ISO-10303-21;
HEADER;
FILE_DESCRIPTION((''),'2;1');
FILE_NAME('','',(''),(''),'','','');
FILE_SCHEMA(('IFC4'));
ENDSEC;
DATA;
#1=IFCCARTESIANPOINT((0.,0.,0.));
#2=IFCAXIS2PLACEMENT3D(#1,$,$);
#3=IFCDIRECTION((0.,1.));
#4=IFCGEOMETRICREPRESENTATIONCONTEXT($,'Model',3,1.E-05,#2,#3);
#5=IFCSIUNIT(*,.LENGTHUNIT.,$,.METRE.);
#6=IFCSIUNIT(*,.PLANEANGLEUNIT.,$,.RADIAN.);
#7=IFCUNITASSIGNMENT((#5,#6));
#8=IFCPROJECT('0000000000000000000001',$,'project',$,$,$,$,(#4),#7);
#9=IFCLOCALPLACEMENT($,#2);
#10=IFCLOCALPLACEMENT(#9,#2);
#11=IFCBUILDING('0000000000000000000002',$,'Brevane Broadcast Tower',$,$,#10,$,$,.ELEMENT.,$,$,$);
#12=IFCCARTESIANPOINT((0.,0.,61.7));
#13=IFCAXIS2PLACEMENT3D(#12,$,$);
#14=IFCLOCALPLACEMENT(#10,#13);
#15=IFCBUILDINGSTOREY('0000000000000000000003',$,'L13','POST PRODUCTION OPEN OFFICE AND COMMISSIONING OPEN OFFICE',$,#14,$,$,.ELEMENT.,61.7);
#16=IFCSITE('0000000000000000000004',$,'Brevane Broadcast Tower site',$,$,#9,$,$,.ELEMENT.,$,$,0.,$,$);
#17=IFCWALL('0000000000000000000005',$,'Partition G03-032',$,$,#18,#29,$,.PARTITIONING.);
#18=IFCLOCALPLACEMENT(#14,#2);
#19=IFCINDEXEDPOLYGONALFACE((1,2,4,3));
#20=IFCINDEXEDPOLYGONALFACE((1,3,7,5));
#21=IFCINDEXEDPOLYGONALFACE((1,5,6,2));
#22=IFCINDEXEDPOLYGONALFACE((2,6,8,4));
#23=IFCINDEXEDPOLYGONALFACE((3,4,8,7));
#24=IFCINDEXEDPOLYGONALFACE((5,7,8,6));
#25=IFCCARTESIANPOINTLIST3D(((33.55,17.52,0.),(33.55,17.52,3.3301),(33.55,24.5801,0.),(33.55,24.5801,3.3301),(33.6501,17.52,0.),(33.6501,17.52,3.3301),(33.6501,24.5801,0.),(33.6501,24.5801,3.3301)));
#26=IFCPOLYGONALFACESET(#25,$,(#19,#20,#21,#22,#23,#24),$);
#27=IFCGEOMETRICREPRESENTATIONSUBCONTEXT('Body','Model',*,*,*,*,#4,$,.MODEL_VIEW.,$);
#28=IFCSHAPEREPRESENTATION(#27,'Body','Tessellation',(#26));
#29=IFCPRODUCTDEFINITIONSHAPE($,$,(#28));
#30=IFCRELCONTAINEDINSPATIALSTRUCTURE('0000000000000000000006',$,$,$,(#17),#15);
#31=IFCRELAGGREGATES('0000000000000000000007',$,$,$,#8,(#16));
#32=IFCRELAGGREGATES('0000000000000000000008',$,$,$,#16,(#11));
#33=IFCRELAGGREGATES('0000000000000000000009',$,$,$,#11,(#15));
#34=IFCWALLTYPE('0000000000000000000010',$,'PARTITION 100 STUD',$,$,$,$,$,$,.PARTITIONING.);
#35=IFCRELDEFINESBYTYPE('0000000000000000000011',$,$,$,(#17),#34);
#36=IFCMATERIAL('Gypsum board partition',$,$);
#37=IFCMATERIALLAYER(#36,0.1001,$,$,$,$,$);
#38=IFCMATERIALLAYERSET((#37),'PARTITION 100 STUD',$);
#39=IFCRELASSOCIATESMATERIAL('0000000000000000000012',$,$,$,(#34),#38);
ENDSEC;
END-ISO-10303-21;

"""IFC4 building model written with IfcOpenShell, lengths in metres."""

from ifc_helpers import new_model, si_unit, direction, frame, frame_2d, origin, place, context, subcontext, project, spatial, rectangle, extrude, material, layer, layer_set, type_object, element, save


model = new_model("IFC4")

# Units and contexts
model_context = context("Model", 3, precision=1e-05, world=origin(), true_north=direction((0.0, 1.0)))
body_context = subcontext(model_context, "Body", "Model", "MODEL_VIEW")
ifc_project = project(units=[si_unit("LENGTHUNIT", "METRE"), si_unit("PLANEANGLEUNIT", "RADIAN")], contexts=[model_context])

# Site, building, storey
site_placement = place(None, origin())
site = spatial("IfcSite", under=ifc_project, at=site_placement, Name="Brevane Broadcast Tower site", CompositionType="ELEMENT", RefElevation=0.0)
building_placement = place(site_placement, origin())
building = spatial("IfcBuilding", under=site, at=building_placement, Name="Brevane Broadcast Tower", CompositionType="ELEMENT")
storey_placement = place(building_placement, frame((0.0, 0.0, 61.7)))
storey = spatial("IfcBuildingStorey", under=building, at=storey_placement, Name="L13", Description="POST PRODUCTION OPEN OFFICE AND COMMISSIONING OPEN OFFICE", CompositionType="ELEMENT", Elevation=61.7)

# Wall
ifc_material_1 = material(Name="Gypsum board partition")
ifc_layer = layer(ifc_material_1, 0.1001)
ifc_layer_set = layer_set([ifc_layer], Name="PARTITION 100 STUD")
wall_type = type_object("IfcWallType", Name="PARTITION 100 STUD", PredefinedType="PARTITIONING", material=ifc_layer_set)
wall_1_placement = place(storey_placement, frame((33.6001, 24.5801, 0.0), z_axis=(0.0, 0.0, 1.0), x_axis=(0.0, -1.0, 0.0)))
element("IfcWall", 1, at=wall_1_placement, inside=storey, type_object=wall_type, Name="Partition G03-032", PredefinedType="PARTITIONING", context=body_context, shape_type="SweptSolid", body=[
    extrude(rectangle(XDim=7.0601, YDim=0.1001, at=frame_2d((3.53, 0.0))), origin(), (0.0, 0.0, 1.0), 3.3301),
])

save(model, "model.ifc")
